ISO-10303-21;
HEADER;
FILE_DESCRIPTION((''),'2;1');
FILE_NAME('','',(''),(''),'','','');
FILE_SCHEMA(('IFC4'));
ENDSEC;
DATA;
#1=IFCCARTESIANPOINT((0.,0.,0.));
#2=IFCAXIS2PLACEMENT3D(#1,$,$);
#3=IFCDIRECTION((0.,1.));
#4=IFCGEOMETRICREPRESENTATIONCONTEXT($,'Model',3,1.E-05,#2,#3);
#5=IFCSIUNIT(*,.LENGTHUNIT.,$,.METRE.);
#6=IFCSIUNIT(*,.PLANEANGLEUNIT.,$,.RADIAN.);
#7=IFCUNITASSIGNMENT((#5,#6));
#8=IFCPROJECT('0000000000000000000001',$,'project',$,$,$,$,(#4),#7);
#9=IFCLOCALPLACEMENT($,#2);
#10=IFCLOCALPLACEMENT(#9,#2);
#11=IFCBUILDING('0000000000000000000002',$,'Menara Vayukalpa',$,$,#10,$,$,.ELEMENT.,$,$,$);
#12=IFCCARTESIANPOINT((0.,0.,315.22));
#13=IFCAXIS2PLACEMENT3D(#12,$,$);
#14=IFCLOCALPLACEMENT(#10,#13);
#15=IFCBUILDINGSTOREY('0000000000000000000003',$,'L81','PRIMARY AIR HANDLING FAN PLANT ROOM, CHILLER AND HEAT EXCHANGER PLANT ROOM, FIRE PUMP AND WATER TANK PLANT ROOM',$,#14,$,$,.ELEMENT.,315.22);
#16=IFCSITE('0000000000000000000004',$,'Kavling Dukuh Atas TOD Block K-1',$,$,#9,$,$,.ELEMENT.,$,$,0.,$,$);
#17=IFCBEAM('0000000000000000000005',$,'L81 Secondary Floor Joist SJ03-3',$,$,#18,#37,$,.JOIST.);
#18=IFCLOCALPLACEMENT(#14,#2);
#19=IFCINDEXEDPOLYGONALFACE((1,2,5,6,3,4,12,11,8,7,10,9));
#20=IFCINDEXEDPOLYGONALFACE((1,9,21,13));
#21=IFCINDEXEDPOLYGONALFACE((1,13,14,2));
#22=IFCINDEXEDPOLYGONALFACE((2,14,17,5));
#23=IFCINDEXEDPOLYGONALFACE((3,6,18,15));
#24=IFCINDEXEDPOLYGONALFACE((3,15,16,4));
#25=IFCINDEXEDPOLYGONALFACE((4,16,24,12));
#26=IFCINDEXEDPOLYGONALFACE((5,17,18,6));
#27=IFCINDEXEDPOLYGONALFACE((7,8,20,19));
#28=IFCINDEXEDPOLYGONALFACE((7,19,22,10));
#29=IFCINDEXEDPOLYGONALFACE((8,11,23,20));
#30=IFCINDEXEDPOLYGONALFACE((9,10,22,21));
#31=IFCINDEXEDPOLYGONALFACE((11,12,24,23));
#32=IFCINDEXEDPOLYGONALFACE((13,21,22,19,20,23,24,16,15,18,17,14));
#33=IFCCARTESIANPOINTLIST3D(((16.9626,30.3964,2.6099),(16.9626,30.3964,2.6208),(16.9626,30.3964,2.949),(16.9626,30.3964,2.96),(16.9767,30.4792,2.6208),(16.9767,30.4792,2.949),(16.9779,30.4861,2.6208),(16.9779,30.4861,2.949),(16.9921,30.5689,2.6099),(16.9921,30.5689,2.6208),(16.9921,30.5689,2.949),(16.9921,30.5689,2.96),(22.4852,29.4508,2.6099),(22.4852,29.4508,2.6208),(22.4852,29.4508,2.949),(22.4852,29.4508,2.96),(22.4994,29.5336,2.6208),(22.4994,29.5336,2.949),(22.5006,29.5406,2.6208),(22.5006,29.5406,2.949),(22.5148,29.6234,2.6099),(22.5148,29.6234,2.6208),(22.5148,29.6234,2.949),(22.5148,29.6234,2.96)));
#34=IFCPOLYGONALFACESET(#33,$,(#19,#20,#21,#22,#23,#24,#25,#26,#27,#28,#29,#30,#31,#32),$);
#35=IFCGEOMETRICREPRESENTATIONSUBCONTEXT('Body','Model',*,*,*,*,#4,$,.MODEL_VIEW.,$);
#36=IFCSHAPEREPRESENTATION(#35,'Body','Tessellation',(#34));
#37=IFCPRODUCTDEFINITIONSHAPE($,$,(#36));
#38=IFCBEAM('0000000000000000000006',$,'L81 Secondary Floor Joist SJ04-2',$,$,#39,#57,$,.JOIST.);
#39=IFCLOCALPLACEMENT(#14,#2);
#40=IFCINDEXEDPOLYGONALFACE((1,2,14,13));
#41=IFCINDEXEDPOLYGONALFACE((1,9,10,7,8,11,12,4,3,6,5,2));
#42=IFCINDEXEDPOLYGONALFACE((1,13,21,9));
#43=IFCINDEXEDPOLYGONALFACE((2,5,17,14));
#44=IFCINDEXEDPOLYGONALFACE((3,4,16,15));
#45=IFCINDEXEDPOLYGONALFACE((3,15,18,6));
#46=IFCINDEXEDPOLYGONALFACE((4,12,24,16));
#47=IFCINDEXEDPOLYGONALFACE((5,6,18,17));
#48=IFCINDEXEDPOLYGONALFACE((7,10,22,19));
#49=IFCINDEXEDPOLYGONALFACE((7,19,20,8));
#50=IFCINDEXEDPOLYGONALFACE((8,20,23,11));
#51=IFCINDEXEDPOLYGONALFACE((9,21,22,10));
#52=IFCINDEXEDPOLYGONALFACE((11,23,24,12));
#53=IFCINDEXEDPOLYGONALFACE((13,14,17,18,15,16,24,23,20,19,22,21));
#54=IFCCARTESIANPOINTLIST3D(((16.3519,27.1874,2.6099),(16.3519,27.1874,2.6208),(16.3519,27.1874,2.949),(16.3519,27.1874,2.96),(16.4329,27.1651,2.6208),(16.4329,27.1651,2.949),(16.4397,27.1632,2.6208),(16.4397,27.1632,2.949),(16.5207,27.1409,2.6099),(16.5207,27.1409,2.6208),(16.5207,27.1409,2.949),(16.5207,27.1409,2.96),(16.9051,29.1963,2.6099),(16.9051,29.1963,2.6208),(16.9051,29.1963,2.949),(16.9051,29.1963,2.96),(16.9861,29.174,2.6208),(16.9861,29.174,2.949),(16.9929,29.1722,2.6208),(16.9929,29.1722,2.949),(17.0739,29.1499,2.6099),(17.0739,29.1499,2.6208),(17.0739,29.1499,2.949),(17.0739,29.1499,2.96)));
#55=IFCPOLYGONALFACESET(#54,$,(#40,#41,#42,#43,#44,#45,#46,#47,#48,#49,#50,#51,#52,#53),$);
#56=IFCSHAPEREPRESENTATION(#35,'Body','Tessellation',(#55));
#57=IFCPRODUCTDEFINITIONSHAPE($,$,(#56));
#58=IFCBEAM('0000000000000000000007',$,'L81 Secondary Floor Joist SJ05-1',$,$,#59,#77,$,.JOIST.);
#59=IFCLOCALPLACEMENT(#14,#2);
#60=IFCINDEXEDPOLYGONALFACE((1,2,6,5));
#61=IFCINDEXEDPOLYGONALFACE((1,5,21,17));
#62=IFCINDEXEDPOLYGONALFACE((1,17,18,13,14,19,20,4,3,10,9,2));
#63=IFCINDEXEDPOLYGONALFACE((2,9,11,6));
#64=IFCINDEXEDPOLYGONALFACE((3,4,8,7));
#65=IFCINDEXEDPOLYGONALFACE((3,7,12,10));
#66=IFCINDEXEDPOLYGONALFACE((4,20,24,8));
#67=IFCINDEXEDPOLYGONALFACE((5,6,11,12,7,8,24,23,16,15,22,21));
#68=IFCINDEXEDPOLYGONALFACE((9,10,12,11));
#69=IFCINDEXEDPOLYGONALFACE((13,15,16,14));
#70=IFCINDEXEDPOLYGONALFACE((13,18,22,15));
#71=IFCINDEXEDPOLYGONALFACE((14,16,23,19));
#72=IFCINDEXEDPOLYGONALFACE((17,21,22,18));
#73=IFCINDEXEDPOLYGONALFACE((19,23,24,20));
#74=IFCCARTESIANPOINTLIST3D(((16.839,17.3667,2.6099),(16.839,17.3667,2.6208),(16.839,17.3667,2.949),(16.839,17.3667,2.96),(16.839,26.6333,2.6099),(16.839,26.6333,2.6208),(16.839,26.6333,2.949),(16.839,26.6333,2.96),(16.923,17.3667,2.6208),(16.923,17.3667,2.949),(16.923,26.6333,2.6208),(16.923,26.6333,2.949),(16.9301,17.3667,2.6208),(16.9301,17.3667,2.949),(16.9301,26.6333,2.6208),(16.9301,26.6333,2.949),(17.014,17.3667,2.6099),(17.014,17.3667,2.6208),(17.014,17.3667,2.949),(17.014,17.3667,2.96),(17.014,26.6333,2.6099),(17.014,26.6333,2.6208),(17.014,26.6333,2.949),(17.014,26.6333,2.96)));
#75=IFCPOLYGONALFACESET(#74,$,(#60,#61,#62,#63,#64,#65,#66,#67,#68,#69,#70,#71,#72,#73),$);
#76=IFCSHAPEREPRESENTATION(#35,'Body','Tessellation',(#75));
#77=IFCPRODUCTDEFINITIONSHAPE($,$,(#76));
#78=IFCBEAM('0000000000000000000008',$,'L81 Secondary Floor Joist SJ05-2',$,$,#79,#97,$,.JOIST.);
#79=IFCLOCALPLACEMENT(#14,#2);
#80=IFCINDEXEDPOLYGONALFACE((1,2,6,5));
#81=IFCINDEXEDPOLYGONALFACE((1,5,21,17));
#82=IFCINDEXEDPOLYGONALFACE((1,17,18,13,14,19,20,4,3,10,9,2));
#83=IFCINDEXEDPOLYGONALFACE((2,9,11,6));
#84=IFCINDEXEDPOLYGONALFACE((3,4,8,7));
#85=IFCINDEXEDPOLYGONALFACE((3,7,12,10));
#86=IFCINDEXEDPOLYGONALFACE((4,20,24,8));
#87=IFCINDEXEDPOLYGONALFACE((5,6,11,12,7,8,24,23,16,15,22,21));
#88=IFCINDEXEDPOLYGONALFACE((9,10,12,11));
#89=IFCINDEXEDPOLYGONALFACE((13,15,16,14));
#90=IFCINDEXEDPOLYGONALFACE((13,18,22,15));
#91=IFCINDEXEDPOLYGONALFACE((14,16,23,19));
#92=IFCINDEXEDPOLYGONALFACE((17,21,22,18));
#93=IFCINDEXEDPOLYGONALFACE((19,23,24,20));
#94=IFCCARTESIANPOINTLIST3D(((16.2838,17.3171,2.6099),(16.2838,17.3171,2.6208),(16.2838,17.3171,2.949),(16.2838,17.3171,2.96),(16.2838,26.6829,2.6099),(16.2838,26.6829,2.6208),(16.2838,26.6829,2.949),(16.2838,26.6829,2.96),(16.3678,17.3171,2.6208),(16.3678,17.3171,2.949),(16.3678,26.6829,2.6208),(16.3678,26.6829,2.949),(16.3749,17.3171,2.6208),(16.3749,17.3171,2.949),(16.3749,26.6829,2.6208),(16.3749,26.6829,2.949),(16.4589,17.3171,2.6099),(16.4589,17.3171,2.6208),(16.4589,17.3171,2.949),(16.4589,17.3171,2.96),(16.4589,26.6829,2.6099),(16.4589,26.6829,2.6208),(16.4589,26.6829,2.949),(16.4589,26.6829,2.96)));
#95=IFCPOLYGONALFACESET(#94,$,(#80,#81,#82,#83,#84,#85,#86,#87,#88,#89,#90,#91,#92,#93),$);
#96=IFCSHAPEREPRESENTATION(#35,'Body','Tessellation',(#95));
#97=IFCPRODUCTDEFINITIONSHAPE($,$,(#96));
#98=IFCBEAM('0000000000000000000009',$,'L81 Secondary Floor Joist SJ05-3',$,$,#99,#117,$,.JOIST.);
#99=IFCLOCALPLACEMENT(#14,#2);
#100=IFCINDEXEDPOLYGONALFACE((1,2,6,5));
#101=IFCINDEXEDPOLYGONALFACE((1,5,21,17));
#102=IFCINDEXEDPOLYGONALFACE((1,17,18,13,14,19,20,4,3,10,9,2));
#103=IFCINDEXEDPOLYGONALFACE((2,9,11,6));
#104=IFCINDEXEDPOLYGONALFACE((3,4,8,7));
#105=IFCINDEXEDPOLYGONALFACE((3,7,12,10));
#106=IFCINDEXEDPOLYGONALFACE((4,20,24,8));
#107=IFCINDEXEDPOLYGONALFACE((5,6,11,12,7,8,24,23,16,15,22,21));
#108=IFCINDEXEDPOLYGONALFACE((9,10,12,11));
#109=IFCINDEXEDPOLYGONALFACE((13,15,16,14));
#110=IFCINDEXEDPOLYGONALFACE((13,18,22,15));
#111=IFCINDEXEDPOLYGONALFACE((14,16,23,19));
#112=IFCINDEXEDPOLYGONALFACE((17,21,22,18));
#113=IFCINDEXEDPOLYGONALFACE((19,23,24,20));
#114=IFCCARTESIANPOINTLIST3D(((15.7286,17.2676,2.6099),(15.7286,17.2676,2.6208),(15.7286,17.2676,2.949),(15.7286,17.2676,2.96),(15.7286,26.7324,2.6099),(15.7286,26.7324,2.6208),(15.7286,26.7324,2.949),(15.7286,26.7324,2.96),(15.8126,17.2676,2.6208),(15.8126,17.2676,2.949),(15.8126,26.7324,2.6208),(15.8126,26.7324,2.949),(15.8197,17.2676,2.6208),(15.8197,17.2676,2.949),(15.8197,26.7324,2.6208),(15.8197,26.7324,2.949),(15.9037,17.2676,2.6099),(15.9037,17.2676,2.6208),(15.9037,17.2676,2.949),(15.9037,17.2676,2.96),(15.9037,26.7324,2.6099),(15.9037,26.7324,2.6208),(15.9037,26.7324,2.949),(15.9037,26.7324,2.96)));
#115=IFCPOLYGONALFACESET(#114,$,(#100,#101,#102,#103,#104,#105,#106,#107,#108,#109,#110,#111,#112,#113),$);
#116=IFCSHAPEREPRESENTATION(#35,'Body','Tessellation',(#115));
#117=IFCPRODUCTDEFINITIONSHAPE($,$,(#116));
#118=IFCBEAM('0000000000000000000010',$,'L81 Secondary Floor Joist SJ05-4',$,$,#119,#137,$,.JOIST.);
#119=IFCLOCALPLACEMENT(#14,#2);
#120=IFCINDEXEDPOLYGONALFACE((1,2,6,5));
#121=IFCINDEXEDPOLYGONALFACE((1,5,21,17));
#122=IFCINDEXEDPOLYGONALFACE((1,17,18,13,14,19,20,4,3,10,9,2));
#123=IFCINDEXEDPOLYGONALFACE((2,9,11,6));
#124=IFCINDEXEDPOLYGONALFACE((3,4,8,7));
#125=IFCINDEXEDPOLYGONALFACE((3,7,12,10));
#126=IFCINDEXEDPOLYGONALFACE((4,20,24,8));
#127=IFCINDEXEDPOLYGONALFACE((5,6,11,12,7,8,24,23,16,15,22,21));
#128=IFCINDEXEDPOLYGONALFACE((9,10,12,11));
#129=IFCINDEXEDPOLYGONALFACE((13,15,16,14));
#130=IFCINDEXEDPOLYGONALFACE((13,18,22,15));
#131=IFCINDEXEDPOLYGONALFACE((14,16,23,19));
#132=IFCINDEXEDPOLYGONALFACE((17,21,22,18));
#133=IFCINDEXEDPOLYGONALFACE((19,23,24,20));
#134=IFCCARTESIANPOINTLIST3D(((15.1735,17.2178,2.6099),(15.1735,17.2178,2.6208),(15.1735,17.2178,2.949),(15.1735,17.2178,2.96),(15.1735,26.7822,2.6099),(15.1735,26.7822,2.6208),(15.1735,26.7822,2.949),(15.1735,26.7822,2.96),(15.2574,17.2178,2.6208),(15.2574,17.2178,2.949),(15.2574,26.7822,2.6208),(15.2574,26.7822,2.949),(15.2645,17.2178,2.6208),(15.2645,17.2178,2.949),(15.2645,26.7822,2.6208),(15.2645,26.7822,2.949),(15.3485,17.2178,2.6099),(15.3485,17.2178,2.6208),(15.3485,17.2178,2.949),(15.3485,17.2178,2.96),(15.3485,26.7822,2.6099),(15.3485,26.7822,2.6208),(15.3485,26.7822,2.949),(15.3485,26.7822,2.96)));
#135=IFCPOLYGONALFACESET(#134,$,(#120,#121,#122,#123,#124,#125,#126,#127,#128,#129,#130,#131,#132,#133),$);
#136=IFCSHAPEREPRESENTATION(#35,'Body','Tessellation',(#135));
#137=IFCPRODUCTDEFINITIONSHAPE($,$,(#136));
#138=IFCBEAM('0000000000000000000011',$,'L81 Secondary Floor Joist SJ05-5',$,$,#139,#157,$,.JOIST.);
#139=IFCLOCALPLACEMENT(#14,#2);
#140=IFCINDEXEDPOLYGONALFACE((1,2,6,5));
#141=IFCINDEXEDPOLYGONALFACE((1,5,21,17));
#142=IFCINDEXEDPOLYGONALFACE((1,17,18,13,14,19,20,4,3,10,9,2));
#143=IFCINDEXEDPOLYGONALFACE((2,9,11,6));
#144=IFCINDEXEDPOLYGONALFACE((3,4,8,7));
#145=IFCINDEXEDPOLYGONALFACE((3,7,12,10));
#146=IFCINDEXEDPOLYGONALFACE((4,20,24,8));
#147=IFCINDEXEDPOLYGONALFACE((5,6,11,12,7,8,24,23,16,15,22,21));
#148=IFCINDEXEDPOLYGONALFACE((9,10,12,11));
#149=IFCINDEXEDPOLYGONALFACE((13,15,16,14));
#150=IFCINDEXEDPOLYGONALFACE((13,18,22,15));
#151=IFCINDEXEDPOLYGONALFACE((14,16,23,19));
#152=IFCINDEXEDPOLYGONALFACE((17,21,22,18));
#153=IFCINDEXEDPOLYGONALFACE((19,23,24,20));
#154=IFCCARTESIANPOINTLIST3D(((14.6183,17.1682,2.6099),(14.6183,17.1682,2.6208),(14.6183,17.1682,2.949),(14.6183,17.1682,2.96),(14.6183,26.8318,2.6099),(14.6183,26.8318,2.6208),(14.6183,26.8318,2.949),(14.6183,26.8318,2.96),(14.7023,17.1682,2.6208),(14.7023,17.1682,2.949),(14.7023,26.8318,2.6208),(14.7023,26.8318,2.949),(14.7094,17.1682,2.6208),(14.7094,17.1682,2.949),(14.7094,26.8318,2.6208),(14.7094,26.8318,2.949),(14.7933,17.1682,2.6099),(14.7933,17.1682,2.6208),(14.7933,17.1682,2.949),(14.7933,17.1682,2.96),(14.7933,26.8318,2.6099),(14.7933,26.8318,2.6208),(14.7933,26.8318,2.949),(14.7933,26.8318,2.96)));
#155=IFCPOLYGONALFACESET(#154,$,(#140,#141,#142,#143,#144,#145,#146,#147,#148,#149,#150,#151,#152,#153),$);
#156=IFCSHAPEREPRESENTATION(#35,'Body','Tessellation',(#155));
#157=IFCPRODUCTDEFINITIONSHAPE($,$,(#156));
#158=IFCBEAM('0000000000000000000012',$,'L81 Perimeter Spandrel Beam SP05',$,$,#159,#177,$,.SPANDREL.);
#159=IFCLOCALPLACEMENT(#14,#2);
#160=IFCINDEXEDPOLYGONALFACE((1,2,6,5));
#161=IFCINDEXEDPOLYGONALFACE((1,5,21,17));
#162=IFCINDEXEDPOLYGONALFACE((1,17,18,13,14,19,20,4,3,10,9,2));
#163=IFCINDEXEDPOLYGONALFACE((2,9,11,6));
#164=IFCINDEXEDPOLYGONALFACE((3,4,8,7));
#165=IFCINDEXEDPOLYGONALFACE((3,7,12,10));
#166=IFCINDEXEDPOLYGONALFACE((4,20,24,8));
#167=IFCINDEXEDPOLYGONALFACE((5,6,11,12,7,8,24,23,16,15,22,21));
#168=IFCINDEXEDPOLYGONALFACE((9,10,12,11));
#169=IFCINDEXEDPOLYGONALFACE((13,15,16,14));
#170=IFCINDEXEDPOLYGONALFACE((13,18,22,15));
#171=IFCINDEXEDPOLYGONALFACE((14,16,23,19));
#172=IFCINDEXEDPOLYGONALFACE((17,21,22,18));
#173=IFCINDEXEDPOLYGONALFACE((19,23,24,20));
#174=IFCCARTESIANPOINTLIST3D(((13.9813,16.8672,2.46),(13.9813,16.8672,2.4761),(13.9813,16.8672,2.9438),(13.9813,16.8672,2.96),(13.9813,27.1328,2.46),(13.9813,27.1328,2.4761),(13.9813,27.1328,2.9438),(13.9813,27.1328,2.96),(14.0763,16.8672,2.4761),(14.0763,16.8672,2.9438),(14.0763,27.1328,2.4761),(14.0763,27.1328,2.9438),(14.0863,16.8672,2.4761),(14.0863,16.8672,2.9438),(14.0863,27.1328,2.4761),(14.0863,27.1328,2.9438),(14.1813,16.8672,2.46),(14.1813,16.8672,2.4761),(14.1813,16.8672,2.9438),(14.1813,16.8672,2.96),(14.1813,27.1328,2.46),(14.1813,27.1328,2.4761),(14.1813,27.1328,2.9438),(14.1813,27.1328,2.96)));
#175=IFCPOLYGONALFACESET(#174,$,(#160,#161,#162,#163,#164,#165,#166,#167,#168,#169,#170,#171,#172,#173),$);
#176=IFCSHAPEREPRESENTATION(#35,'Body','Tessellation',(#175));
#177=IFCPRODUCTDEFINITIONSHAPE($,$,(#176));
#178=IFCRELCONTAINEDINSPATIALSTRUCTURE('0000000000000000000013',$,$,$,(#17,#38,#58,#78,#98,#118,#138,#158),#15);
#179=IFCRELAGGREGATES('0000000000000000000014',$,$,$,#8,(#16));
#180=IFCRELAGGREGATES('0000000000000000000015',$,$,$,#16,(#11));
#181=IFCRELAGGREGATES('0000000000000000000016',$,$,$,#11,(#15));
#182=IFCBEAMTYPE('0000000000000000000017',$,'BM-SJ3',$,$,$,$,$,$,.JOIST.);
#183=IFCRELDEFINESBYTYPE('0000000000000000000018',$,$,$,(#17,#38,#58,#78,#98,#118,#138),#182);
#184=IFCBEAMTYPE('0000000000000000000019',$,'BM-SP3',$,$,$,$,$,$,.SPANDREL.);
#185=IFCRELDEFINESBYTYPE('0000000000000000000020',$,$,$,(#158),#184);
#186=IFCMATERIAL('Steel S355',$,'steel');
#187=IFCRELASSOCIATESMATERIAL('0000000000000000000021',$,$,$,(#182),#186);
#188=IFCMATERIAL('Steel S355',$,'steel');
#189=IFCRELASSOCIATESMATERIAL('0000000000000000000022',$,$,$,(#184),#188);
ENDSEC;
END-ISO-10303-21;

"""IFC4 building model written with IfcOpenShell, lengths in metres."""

from ifc_helpers import new_model, si_unit, direction, frame, origin, origin_2d, place, context, subcontext, project, spatial, i_section, extrude, material, material_profile, profile_set, type_object, element, save


model = new_model("IFC4")

# Units and contexts
model_context = context("Model", 3, precision=1e-05, world=origin(), true_north=direction((0.0, 1.0)))
body_context = subcontext(model_context, "Body", "Model", "MODEL_VIEW")
ifc_project = project(units=[si_unit("LENGTHUNIT", "METRE"), si_unit("PLANEANGLEUNIT", "RADIAN")], contexts=[model_context])

# Site, building, storey
site_placement = place(None, origin())
site = spatial("IfcSite", under=ifc_project, at=site_placement, Name="Kavling Dukuh Atas TOD Block K-1", CompositionType="ELEMENT", RefElevation=0.0)
building_placement = place(site_placement, origin())
building = spatial("IfcBuilding", under=site, at=building_placement, Name="Menara Vayukalpa", CompositionType="ELEMENT")
storey_placement = place(building_placement, frame((0.0, 0.0, 315.22)))
storey = spatial("IfcBuildingStorey", under=building, at=storey_placement, Name="L81", Description="PRIMARY AIR HANDLING FAN PLANT ROOM, CHILLER AND HEAT EXCHANGER PLANT ROOM, FIRE PUMP AND WATER TANK PLANT ROOM", CompositionType="ELEMENT", Elevation=315.22)

# Beams
ifc_material_1 = material(Name="Steel S355", Category="steel")
ifc_material_profile_1 = material_profile(ifc_material_1, i_section(OverallWidth=0.175, OverallDepth=0.3501, WebThickness=0.0071, FlangeThickness=0.011, at=origin_2d()), Name="WF 350x175x7x11")
ifc_profile_set_1 = profile_set([ifc_material_profile_1], Name="Steel S355")
beam_type_1 = type_object("IfcBeamType", Name="BM-SJ3", PredefinedType="JOIST", material=ifc_profile_set_1)
beam_1_placement = place(storey_placement, frame((22.5, 29.5371, 2.7849), z_axis=(-0.985658, 0.168757, 0.0), x_axis=(-0.168757, -0.985658, 0.0)))
element("IfcBeam", 1, at=beam_1_placement, inside=storey, type_object=beam_type_1, Name="L81 Secondary Floor Joist SJ03-3", PredefinedType="JOIST", context=body_context, shape_type="SweptSolid", body=[
    extrude(i_section(OverallWidth=0.175, OverallDepth=0.3501, WebThickness=0.0071, FlangeThickness=0.011, at=origin_2d()), origin(), (0.0, 0.0, 1.0), 5.603),
])
beam_2_placement = place(storey_placement, frame((16.9895, 29.1731, 2.7849), z_axis=(-0.265486, -0.964115, 0.0), x_axis=(0.964115, -0.265486, 0.0)))
element("IfcBeam", 2, at=beam_2_placement, inside=storey, type_object=beam_type_1, Name="L81 Secondary Floor Joist SJ04-2", PredefinedType="JOIST", context=body_context, shape_type="SweptSolid", body=[
    extrude(i_section(OverallWidth=0.175, OverallDepth=0.3501, WebThickness=0.0071, FlangeThickness=0.011, at=origin_2d()), origin(), (0.0, 0.0, 1.0), 2.0837),
])
beam_3_placement = place(storey_placement, frame((16.9265, 26.6333, 2.7849), z_axis=(0.0, -1.0, 0.0), x_axis=(1.0, 0.0, 0.0)))
element("IfcBeam", 3, at=beam_3_placement, inside=storey, type_object=beam_type_1, Name="L81 Secondary Floor Joist SJ05-1", PredefinedType="JOIST", context=body_context, shape_type="SweptSolid", body=[
    extrude(i_section(OverallWidth=0.175, OverallDepth=0.3501, WebThickness=0.0071, FlangeThickness=0.011, at=origin_2d()), origin(), (0.0, 0.0, 1.0), 9.2666),
])
beam_4_placement = place(storey_placement, frame((16.3713, 26.6829, 2.7849), z_axis=(0.0, -1.0, 0.0), x_axis=(1.0, 0.0, 0.0)))
element("IfcBeam", 4, at=beam_4_placement, inside=storey, type_object=beam_type_1, Name="L81 Secondary Floor Joist SJ05-2", PredefinedType="JOIST", context=body_context, shape_type="SweptSolid", body=[
    extrude(i_section(OverallWidth=0.175, OverallDepth=0.3501, WebThickness=0.0071, FlangeThickness=0.011, at=origin_2d()), origin(), (0.0, 0.0, 1.0), 9.3657),
])
beam_5_placement = place(storey_placement, frame((15.8162, 26.7324, 2.7849), z_axis=(0.0, -1.0, 0.0), x_axis=(1.0, 0.0, 0.0)))
element("IfcBeam", 5, at=beam_5_placement, inside=storey, type_object=beam_type_1, Name="L81 Secondary Floor Joist SJ05-3", PredefinedType="JOIST", context=body_context, shape_type="SweptSolid", body=[
    extrude(i_section(OverallWidth=0.175, OverallDepth=0.3501, WebThickness=0.0071, FlangeThickness=0.011, at=origin_2d()), origin(), (0.0, 0.0, 1.0), 9.4648),
])
beam_6_placement = place(storey_placement, frame((15.261, 26.7822, 2.7849), z_axis=(0.0, -1.0, 0.0), x_axis=(1.0, 0.0, 0.0)))
element("IfcBeam", 6, at=beam_6_placement, inside=storey, type_object=beam_type_1, Name="L81 Secondary Floor Joist SJ05-4", PredefinedType="JOIST", context=body_context, shape_type="SweptSolid", body=[
    extrude(i_section(OverallWidth=0.175, OverallDepth=0.3501, WebThickness=0.0071, FlangeThickness=0.011, at=origin_2d()), origin(), (0.0, 0.0, 1.0), 9.5645),
])
beam_7_placement = place(storey_placement, frame((14.7058, 26.8318, 2.7849), z_axis=(0.0, -1.0, 0.0), x_axis=(1.0, 0.0, 0.0)))
element("IfcBeam", 7, at=beam_7_placement, inside=storey, type_object=beam_type_1, Name="L81 Secondary Floor Joist SJ05-5", PredefinedType="JOIST", context=body_context, shape_type="SweptSolid", body=[
    extrude(i_section(OverallWidth=0.175, OverallDepth=0.3501, WebThickness=0.0071, FlangeThickness=0.011, at=origin_2d()), origin(), (0.0, 0.0, 1.0), 9.6636),
])
ifc_material_2 = material(Name="Steel S355", Category="steel")
ifc_material_profile_2 = material_profile(ifc_material_2, i_section(OverallWidth=0.2, OverallDepth=0.5, WebThickness=0.01, FlangeThickness=0.0161, at=origin_2d()), Name="WF 500x200x10x16")
ifc_profile_set_2 = profile_set([ifc_material_profile_2], Name="Steel S355")
beam_type_2 = type_object("IfcBeamType", Name="BM-SP3", PredefinedType="SPANDREL", material=ifc_profile_set_2)
beam_8_placement = place(storey_placement, frame((14.0813, 27.1328, 2.71), z_axis=(0.0, -1.0, 0.0), x_axis=(1.0, 0.0, 0.0)))
element("IfcBeam", 8, at=beam_8_placement, inside=storey, type_object=beam_type_2, Name="L81 Perimeter Spandrel Beam SP05", PredefinedType="SPANDREL", context=body_context, shape_type="SweptSolid", body=[
    extrude(i_section(OverallWidth=0.2, OverallDepth=0.5, WebThickness=0.01, FlangeThickness=0.0161, at=origin_2d()), origin(), (0.0, 0.0, 1.0), 10.2656),
])

save(model, "model.ifc")
